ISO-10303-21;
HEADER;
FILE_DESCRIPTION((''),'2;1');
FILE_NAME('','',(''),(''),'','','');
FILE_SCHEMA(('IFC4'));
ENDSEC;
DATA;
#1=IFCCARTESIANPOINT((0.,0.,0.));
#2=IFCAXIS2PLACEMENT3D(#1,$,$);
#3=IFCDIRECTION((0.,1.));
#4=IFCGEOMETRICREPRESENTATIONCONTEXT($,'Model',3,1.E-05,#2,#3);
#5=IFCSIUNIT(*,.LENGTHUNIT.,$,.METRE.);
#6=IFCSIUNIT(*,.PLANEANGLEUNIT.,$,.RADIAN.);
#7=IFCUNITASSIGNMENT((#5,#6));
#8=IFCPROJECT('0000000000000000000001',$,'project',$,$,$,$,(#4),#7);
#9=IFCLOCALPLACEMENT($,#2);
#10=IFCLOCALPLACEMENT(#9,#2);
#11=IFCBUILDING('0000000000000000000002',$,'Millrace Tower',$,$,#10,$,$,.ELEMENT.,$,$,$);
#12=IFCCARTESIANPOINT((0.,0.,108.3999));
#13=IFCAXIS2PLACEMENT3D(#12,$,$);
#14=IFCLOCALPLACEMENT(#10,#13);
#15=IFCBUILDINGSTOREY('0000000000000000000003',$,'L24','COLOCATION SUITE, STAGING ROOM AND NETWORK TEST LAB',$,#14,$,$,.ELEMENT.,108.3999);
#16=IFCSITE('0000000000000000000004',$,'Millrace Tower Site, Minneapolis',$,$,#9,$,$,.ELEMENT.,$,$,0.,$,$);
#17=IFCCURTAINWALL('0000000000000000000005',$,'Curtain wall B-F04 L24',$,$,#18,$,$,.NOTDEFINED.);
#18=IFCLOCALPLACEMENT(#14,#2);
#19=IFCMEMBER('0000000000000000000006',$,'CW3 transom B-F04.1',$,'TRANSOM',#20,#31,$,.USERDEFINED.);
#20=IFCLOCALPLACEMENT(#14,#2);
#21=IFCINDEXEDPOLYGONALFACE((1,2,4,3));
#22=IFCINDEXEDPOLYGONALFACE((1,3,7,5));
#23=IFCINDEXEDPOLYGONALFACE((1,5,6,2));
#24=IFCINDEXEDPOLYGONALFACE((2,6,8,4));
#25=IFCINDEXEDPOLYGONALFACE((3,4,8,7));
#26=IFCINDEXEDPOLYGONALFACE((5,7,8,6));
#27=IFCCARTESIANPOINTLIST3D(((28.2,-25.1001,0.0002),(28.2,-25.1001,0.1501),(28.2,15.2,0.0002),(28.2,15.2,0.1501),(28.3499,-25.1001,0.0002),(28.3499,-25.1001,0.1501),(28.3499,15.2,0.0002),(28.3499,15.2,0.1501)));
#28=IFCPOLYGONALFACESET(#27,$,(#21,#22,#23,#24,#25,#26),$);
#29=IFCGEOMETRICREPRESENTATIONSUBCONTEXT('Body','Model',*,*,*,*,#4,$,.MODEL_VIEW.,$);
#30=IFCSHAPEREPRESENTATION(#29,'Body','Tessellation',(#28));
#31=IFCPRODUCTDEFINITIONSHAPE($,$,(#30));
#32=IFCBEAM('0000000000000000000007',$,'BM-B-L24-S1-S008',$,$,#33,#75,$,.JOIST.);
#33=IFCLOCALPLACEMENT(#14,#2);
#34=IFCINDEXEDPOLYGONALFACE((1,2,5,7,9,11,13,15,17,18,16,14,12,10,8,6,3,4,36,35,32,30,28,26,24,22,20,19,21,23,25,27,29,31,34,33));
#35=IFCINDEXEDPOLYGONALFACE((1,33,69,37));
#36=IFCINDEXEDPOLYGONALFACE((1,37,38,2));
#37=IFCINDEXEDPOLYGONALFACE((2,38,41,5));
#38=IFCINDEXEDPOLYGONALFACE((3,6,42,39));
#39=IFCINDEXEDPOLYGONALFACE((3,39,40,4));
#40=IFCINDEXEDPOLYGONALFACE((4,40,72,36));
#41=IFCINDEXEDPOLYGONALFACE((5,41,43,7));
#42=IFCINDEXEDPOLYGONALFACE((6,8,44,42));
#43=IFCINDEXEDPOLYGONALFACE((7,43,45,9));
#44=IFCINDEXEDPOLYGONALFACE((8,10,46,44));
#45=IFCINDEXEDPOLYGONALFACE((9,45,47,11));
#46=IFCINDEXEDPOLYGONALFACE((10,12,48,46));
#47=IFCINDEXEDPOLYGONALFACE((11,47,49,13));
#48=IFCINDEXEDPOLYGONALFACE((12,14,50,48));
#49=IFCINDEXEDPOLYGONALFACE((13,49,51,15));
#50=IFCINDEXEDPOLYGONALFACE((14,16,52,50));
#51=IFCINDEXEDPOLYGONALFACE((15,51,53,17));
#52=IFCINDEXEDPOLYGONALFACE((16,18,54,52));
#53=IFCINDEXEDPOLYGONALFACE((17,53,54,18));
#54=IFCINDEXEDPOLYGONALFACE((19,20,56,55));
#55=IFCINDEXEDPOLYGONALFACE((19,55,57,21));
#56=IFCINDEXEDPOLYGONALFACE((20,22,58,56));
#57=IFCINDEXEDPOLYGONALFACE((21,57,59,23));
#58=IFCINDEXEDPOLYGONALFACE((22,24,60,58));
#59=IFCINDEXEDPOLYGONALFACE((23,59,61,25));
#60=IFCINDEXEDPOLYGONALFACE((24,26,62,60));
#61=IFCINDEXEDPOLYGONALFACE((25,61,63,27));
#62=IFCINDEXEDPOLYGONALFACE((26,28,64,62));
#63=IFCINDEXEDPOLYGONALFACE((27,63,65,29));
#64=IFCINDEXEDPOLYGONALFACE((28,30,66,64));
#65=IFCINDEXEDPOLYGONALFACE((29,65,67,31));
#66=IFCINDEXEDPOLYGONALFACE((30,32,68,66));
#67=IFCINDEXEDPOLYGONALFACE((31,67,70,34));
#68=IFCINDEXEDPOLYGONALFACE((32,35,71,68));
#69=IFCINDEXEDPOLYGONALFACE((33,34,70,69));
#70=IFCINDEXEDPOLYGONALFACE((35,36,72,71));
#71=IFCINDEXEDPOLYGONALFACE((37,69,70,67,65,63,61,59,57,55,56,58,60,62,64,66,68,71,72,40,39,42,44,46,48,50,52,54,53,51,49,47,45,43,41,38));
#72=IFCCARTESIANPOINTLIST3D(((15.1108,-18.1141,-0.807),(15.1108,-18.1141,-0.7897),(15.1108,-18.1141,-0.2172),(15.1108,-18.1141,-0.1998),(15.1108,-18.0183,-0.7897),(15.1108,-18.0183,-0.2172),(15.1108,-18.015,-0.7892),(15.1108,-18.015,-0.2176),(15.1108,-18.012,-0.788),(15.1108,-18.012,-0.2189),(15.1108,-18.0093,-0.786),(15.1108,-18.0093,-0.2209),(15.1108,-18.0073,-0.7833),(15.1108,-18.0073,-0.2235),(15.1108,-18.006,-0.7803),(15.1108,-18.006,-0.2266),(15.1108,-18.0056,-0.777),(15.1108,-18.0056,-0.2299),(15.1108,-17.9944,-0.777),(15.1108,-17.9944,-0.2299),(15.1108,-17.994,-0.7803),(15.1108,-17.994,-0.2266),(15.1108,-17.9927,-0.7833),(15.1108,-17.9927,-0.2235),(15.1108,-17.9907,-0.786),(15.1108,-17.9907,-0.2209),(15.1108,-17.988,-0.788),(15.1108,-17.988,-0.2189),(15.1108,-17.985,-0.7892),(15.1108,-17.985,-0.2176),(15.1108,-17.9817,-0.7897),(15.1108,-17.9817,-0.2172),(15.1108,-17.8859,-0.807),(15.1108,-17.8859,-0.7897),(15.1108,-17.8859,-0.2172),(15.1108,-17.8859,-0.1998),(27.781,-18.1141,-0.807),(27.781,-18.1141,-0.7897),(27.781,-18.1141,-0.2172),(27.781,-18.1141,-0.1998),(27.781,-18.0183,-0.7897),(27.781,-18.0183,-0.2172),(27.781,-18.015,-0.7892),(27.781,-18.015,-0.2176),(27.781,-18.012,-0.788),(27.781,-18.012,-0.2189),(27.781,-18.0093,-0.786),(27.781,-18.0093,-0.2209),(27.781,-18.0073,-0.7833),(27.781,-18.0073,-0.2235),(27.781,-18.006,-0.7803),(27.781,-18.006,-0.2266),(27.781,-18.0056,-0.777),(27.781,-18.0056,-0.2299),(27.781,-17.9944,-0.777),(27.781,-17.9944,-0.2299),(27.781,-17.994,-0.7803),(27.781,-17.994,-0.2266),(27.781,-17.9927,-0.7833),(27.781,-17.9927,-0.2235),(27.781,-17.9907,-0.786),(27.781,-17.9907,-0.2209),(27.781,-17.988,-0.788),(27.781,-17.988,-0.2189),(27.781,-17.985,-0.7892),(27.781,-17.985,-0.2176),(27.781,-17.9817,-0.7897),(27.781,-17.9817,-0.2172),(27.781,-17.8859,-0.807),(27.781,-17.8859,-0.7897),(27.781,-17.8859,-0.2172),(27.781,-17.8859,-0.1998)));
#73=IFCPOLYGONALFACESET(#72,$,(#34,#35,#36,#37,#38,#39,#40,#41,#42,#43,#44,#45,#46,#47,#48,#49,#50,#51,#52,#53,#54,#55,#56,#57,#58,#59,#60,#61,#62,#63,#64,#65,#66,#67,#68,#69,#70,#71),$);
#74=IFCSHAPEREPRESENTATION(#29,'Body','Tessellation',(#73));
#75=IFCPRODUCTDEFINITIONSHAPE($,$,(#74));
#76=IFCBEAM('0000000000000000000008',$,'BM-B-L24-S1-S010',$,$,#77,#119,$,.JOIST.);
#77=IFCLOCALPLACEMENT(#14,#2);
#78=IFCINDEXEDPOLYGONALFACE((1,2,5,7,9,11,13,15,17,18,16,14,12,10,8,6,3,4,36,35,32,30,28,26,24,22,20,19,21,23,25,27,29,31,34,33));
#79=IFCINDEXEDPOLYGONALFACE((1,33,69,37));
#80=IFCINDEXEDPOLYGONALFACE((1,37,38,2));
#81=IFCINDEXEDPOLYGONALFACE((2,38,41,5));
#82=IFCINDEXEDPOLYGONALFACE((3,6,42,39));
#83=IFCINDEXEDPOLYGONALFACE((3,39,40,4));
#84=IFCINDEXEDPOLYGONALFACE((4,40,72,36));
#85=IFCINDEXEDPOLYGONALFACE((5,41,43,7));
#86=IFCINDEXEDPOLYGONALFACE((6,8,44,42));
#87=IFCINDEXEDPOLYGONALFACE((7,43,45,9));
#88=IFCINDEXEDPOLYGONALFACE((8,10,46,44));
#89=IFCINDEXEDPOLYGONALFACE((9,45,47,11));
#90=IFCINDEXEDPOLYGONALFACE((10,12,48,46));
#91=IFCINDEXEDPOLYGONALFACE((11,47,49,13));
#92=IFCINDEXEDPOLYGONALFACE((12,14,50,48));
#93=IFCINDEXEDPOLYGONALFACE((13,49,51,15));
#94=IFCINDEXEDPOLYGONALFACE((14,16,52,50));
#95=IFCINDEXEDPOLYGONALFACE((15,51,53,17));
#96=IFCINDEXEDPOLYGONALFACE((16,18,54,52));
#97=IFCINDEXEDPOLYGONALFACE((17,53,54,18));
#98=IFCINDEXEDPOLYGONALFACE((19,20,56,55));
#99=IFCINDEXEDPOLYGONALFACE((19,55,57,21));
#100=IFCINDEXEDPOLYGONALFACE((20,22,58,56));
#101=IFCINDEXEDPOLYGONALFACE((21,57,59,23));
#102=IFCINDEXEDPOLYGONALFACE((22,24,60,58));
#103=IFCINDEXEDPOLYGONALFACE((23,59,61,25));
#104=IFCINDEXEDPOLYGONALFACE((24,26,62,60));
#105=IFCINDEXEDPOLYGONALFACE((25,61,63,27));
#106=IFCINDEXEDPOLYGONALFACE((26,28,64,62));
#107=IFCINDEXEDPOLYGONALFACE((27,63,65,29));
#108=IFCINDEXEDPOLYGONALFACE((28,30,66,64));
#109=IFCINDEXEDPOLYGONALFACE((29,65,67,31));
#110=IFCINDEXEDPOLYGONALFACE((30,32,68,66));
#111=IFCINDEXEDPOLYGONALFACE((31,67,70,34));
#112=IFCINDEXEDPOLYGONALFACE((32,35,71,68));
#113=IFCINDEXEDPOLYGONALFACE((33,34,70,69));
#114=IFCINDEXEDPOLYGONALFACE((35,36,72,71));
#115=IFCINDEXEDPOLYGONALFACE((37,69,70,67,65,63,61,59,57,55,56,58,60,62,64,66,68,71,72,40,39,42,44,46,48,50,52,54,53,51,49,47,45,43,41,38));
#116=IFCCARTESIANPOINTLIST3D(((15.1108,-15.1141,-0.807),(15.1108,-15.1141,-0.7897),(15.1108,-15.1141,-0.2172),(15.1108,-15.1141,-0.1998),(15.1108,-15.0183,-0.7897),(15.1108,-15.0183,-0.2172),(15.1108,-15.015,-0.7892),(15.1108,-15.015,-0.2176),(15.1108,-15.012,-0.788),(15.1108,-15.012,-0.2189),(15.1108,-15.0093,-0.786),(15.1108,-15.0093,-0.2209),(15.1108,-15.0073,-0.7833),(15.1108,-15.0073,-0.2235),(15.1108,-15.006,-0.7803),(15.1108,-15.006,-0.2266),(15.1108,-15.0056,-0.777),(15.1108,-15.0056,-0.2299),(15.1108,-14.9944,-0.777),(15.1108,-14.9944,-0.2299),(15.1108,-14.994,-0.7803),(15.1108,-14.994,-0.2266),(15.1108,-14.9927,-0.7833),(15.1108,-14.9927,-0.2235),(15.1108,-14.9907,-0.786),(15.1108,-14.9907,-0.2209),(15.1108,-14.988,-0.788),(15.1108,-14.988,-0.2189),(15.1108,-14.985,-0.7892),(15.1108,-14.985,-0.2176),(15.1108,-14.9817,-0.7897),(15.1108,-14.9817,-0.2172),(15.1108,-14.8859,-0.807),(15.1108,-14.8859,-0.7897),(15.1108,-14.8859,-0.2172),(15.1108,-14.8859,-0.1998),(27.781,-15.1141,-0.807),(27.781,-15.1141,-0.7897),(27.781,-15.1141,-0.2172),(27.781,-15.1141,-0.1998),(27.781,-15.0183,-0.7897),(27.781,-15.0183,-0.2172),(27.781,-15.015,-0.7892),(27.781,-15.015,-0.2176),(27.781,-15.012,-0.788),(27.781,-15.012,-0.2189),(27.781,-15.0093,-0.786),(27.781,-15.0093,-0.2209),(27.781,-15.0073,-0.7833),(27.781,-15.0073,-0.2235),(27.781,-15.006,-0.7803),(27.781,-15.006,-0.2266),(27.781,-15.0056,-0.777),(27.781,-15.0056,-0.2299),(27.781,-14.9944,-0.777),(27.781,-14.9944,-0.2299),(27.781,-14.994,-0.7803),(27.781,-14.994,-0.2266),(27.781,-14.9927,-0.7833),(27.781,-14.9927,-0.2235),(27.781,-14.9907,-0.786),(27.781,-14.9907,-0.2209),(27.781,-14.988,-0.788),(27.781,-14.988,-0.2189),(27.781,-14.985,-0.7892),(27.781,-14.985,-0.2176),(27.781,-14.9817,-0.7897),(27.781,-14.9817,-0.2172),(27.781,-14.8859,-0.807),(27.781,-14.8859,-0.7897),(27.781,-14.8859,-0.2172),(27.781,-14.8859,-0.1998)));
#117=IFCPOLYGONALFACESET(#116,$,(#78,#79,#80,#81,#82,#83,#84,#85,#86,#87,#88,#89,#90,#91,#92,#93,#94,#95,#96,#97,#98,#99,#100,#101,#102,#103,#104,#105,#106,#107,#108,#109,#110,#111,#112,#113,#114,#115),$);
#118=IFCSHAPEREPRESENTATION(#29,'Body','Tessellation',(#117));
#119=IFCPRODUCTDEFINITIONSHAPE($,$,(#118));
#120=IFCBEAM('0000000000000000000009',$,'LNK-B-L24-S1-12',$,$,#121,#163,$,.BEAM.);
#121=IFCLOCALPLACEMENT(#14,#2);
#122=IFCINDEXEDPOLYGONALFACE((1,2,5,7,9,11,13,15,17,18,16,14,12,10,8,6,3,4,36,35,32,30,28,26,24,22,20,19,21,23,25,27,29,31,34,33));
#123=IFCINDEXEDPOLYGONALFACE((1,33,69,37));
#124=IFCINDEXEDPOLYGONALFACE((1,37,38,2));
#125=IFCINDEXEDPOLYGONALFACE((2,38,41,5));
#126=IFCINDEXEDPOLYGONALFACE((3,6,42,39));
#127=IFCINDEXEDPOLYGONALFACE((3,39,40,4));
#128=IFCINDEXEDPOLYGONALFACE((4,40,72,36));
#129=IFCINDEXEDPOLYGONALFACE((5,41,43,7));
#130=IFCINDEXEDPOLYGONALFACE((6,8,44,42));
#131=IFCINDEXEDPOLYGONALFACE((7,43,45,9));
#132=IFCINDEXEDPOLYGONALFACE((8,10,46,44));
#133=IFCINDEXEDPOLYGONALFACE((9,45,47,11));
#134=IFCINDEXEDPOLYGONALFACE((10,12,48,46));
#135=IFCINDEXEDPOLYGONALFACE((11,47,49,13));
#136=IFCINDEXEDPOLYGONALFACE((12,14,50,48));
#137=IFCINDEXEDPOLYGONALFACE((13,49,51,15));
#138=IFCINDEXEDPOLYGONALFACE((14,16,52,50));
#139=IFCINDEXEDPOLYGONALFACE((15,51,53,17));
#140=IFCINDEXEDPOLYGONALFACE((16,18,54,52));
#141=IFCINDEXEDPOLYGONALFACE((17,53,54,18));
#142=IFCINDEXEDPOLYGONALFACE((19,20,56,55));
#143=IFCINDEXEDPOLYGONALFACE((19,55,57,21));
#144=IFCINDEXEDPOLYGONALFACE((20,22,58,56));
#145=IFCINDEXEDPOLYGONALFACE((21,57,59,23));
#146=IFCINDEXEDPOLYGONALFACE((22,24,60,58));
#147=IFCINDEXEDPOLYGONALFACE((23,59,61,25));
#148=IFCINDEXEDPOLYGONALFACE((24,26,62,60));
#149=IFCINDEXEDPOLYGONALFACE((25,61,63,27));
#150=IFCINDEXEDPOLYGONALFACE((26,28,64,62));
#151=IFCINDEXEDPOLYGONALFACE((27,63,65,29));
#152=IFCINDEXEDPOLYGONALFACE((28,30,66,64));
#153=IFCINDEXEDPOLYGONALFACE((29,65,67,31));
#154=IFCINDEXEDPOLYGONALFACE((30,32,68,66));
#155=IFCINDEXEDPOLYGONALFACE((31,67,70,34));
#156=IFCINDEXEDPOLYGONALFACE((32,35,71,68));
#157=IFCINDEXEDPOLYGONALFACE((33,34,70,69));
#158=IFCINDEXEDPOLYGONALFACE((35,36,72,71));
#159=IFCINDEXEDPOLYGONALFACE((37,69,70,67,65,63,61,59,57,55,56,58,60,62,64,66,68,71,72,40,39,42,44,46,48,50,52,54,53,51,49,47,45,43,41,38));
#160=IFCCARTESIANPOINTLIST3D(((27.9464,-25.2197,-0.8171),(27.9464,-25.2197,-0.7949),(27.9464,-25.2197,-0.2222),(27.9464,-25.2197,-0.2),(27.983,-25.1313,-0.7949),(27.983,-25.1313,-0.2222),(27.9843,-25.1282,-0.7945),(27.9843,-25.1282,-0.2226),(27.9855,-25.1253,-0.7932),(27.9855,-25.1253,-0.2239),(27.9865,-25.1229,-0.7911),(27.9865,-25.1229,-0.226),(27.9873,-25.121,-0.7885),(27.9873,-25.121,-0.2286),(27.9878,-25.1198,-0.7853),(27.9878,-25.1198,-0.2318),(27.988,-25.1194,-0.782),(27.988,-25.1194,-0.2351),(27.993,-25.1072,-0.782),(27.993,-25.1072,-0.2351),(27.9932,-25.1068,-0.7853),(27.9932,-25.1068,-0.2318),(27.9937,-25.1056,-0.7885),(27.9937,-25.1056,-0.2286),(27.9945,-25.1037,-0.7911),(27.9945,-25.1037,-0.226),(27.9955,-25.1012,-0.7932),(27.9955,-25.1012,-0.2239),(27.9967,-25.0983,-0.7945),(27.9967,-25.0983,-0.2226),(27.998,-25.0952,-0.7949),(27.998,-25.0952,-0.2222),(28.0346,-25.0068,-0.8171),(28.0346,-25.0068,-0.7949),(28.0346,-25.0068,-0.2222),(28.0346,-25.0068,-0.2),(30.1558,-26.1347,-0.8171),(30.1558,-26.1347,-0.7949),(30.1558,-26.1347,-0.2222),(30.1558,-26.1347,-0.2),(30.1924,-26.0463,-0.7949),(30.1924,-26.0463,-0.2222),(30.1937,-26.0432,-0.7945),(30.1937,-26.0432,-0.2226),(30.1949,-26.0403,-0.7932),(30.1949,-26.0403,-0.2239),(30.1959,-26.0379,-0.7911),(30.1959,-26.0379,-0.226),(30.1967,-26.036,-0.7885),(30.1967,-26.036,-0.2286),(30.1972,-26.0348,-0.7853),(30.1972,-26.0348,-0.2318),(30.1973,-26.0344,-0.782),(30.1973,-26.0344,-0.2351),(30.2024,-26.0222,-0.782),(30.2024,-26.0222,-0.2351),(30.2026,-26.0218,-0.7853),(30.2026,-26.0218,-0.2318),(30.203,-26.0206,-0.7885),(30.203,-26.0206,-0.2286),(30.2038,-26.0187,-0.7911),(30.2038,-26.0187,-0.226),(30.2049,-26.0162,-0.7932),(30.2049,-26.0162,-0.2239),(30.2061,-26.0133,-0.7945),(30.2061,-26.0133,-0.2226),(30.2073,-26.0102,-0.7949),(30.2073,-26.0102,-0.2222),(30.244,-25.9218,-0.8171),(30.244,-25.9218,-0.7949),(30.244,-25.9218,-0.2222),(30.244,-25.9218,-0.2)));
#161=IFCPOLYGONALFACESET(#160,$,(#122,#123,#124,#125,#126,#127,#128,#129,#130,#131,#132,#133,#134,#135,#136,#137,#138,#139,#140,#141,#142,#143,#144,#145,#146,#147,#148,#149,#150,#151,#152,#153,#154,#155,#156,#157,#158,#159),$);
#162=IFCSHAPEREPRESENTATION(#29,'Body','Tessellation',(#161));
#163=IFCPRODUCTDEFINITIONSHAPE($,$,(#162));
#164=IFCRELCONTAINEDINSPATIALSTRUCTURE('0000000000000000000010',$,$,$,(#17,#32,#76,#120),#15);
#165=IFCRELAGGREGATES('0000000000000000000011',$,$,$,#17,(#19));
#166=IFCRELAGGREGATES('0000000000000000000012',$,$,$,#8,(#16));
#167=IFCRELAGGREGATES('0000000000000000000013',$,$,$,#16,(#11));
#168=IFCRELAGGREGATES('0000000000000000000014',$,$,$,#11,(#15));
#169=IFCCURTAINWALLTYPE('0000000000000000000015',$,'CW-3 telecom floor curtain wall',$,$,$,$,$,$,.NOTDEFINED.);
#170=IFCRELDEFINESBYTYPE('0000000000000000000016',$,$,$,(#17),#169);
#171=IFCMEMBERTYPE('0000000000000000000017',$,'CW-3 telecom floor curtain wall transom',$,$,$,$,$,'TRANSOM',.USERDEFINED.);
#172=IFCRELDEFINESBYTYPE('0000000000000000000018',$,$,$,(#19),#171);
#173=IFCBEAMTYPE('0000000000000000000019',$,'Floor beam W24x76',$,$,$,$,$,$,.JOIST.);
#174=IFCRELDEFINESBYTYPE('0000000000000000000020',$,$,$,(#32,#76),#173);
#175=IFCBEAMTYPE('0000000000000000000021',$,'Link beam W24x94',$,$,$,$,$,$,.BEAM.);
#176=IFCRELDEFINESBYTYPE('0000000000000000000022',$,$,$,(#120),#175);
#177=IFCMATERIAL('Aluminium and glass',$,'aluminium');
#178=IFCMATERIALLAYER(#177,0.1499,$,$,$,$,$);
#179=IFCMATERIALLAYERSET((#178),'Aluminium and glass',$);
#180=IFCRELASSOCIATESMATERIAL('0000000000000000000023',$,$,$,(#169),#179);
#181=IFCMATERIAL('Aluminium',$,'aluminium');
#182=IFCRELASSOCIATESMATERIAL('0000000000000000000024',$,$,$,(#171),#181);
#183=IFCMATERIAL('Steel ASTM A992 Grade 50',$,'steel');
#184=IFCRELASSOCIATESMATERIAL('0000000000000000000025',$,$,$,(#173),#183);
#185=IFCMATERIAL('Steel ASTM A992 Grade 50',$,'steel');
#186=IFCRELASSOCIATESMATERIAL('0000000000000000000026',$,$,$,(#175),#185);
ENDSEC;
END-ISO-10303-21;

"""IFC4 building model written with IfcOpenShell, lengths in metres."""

from ifc_helpers import new_model, si_unit, direction, frame, origin, origin_2d, place, context, subcontext, project, spatial, rectangle, i_section, extrude, material, layer, layer_set, material_profile, profile_set, type_object, element, aggregate, save


model = new_model("IFC4")

# Units and contexts
model_context = context("Model", 3, precision=1e-05, world=origin(), true_north=direction((0.0, 1.0)))
body_context = subcontext(model_context, "Body", "Model", "MODEL_VIEW")
ifc_project = project(units=[si_unit("LENGTHUNIT", "METRE"), si_unit("PLANEANGLEUNIT", "RADIAN")], contexts=[model_context])

# Site, building, storey
site_placement = place(None, origin())
site = spatial("IfcSite", under=ifc_project, at=site_placement, Name="Millrace Tower Site, Minneapolis", CompositionType="ELEMENT", RefElevation=0.0)
building_placement = place(site_placement, origin())
building = spatial("IfcBuilding", under=site, at=building_placement, Name="Millrace Tower", CompositionType="ELEMENT")
storey_placement = place(building_placement, frame((0.0, 0.0, 108.3999)))
storey = spatial("IfcBuildingStorey", under=building, at=storey_placement, Name="L24", Description="COLOCATION SUITE, STAGING ROOM AND NETWORK TEST LAB", CompositionType="ELEMENT", Elevation=108.3999)

# Shared definitions
ifc_material_1 = material(Name="Aluminium and glass", Category="aluminium")
ifc_layer_1 = layer(ifc_material_1, 0.1499)
ifc_layer_set_1 = layer_set([ifc_layer_1], Name="Aluminium and glass")
curtain_wall_type = type_object("IfcCurtainWallType", Name="CW-3 telecom floor curtain wall", PredefinedType="NOTDEFINED", material=ifc_layer_set_1)
placement = place(storey_placement, origin())

# Curtain wall
curtain_wall_1 = element("IfcCurtainWall", 1, at=placement, inside=storey, type_object=curtain_wall_type, Name="Curtain wall B-F04 L24", PredefinedType="NOTDEFINED")

# Member
ifc_material_2 = material(Name="Aluminium", Category="aluminium")
ifc_material_profile_1 = material_profile(ifc_material_2, rectangle(XDim=0.1499, YDim=0.1499, at=origin_2d()))
ifc_profile_set_1 = profile_set([ifc_material_profile_1], Name="Aluminium")
member_type_1 = type_object("IfcMemberType", Name="CW-3 telecom floor curtain wall transom", ElementType="TRANSOM", PredefinedType="USERDEFINED", material=ifc_profile_set_1)
member_1_placement = place(storey_placement, frame((28.2749, -25.1001, 0.0752), z_axis=(0.0, 1.0, 0.0), x_axis=(-1.0, 0.0, 0.0)))
member_1 = element("IfcMember", 2, at=member_1_placement, type_object=member_type_1, Name="CW3 transom B-F04.1", ObjectType="TRANSOM", PredefinedType="USERDEFINED", context=body_context, shape_type="SweptSolid", body=[
    extrude(rectangle(XDim=0.1499, YDim=0.1499, at=origin_2d()), origin(), (0.0, 0.0, 1.0), 40.3),
])
aggregate(curtain_wall_1, [member_1])

# Beams
ifc_material_3 = material(Name="Steel ASTM A992 Grade 50", Category="steel")
ifc_material_profile_2 = material_profile(ifc_material_3, i_section(OverallWidth=0.2283, OverallDepth=0.6072, WebThickness=0.0112, FlangeThickness=0.0173, FilletRadius=0.0127, at=origin_2d()))
ifc_profile_set_2 = profile_set([ifc_material_profile_2], Name="Steel ASTM A992 Grade 50")
beam_type_1 = type_object("IfcBeamType", Name="Floor beam W24x76", PredefinedType="JOIST", material=ifc_profile_set_2)
for number, where, z_axis, x_axis, name in (
    (3, (15.1108, -18.0, -0.5034), (1.0, 0.0, 0.0), (0.0, 1.0, 0.0), "BM-B-L24-S1-S008"),
    (4, (15.1108, -15.0, -0.5034), (1.0, 0.0, 0.0), (0.0, 1.0, 0.0), "BM-B-L24-S1-S010"),
):
    element("IfcBeam", number, at=place(storey_placement, frame(where, z_axis=z_axis, x_axis=x_axis)), inside=storey, type_object=beam_type_1, Name=name, PredefinedType="JOIST", context=body_context, shape_type="SweptSolid", body=[
        extrude(i_section(OverallWidth=0.2283, OverallDepth=0.6072, WebThickness=0.0112, FlangeThickness=0.0173, FilletRadius=0.0127, at=origin_2d()), origin(), (0.0, 0.0, 1.0), 12.6702),
    ])
ifc_material_4 = material(Name="Steel ASTM A992 Grade 50", Category="steel")
ifc_material_profile_3 = material_profile(ifc_material_4, i_section(OverallWidth=0.2305, OverallDepth=0.6172, WebThickness=0.0132, FlangeThickness=0.0222, FilletRadius=0.0129, at=origin_2d()))
ifc_profile_set_3 = profile_set([ifc_material_profile_3], Name="Steel ASTM A992 Grade 50")
beam_type_2 = type_object("IfcBeamType", Name="Link beam W24x94", PredefinedType="BEAM", material=ifc_profile_set_3)
for number, where, z_axis, x_axis, name in (
    (5, (27.9905, -25.1133, -0.5085), (0.923902, -0.382628, 0.0), (0.382628, 0.923902, 0.0), "LNK-B-L24-S1-12"),
):
    element("IfcBeam", number, at=place(storey_placement, frame(where, z_axis=z_axis, x_axis=x_axis)), inside=storey, type_object=beam_type_2, Name=name, PredefinedType="BEAM", context=body_context, shape_type="SweptSolid", body=[
        extrude(i_section(OverallWidth=0.2305, OverallDepth=0.6172, WebThickness=0.0132, FlangeThickness=0.0222, FilletRadius=0.0129, at=origin_2d()), origin(), (0.0, 0.0, 1.0), 2.3914),
    ])

save(model, "model.ifc")
